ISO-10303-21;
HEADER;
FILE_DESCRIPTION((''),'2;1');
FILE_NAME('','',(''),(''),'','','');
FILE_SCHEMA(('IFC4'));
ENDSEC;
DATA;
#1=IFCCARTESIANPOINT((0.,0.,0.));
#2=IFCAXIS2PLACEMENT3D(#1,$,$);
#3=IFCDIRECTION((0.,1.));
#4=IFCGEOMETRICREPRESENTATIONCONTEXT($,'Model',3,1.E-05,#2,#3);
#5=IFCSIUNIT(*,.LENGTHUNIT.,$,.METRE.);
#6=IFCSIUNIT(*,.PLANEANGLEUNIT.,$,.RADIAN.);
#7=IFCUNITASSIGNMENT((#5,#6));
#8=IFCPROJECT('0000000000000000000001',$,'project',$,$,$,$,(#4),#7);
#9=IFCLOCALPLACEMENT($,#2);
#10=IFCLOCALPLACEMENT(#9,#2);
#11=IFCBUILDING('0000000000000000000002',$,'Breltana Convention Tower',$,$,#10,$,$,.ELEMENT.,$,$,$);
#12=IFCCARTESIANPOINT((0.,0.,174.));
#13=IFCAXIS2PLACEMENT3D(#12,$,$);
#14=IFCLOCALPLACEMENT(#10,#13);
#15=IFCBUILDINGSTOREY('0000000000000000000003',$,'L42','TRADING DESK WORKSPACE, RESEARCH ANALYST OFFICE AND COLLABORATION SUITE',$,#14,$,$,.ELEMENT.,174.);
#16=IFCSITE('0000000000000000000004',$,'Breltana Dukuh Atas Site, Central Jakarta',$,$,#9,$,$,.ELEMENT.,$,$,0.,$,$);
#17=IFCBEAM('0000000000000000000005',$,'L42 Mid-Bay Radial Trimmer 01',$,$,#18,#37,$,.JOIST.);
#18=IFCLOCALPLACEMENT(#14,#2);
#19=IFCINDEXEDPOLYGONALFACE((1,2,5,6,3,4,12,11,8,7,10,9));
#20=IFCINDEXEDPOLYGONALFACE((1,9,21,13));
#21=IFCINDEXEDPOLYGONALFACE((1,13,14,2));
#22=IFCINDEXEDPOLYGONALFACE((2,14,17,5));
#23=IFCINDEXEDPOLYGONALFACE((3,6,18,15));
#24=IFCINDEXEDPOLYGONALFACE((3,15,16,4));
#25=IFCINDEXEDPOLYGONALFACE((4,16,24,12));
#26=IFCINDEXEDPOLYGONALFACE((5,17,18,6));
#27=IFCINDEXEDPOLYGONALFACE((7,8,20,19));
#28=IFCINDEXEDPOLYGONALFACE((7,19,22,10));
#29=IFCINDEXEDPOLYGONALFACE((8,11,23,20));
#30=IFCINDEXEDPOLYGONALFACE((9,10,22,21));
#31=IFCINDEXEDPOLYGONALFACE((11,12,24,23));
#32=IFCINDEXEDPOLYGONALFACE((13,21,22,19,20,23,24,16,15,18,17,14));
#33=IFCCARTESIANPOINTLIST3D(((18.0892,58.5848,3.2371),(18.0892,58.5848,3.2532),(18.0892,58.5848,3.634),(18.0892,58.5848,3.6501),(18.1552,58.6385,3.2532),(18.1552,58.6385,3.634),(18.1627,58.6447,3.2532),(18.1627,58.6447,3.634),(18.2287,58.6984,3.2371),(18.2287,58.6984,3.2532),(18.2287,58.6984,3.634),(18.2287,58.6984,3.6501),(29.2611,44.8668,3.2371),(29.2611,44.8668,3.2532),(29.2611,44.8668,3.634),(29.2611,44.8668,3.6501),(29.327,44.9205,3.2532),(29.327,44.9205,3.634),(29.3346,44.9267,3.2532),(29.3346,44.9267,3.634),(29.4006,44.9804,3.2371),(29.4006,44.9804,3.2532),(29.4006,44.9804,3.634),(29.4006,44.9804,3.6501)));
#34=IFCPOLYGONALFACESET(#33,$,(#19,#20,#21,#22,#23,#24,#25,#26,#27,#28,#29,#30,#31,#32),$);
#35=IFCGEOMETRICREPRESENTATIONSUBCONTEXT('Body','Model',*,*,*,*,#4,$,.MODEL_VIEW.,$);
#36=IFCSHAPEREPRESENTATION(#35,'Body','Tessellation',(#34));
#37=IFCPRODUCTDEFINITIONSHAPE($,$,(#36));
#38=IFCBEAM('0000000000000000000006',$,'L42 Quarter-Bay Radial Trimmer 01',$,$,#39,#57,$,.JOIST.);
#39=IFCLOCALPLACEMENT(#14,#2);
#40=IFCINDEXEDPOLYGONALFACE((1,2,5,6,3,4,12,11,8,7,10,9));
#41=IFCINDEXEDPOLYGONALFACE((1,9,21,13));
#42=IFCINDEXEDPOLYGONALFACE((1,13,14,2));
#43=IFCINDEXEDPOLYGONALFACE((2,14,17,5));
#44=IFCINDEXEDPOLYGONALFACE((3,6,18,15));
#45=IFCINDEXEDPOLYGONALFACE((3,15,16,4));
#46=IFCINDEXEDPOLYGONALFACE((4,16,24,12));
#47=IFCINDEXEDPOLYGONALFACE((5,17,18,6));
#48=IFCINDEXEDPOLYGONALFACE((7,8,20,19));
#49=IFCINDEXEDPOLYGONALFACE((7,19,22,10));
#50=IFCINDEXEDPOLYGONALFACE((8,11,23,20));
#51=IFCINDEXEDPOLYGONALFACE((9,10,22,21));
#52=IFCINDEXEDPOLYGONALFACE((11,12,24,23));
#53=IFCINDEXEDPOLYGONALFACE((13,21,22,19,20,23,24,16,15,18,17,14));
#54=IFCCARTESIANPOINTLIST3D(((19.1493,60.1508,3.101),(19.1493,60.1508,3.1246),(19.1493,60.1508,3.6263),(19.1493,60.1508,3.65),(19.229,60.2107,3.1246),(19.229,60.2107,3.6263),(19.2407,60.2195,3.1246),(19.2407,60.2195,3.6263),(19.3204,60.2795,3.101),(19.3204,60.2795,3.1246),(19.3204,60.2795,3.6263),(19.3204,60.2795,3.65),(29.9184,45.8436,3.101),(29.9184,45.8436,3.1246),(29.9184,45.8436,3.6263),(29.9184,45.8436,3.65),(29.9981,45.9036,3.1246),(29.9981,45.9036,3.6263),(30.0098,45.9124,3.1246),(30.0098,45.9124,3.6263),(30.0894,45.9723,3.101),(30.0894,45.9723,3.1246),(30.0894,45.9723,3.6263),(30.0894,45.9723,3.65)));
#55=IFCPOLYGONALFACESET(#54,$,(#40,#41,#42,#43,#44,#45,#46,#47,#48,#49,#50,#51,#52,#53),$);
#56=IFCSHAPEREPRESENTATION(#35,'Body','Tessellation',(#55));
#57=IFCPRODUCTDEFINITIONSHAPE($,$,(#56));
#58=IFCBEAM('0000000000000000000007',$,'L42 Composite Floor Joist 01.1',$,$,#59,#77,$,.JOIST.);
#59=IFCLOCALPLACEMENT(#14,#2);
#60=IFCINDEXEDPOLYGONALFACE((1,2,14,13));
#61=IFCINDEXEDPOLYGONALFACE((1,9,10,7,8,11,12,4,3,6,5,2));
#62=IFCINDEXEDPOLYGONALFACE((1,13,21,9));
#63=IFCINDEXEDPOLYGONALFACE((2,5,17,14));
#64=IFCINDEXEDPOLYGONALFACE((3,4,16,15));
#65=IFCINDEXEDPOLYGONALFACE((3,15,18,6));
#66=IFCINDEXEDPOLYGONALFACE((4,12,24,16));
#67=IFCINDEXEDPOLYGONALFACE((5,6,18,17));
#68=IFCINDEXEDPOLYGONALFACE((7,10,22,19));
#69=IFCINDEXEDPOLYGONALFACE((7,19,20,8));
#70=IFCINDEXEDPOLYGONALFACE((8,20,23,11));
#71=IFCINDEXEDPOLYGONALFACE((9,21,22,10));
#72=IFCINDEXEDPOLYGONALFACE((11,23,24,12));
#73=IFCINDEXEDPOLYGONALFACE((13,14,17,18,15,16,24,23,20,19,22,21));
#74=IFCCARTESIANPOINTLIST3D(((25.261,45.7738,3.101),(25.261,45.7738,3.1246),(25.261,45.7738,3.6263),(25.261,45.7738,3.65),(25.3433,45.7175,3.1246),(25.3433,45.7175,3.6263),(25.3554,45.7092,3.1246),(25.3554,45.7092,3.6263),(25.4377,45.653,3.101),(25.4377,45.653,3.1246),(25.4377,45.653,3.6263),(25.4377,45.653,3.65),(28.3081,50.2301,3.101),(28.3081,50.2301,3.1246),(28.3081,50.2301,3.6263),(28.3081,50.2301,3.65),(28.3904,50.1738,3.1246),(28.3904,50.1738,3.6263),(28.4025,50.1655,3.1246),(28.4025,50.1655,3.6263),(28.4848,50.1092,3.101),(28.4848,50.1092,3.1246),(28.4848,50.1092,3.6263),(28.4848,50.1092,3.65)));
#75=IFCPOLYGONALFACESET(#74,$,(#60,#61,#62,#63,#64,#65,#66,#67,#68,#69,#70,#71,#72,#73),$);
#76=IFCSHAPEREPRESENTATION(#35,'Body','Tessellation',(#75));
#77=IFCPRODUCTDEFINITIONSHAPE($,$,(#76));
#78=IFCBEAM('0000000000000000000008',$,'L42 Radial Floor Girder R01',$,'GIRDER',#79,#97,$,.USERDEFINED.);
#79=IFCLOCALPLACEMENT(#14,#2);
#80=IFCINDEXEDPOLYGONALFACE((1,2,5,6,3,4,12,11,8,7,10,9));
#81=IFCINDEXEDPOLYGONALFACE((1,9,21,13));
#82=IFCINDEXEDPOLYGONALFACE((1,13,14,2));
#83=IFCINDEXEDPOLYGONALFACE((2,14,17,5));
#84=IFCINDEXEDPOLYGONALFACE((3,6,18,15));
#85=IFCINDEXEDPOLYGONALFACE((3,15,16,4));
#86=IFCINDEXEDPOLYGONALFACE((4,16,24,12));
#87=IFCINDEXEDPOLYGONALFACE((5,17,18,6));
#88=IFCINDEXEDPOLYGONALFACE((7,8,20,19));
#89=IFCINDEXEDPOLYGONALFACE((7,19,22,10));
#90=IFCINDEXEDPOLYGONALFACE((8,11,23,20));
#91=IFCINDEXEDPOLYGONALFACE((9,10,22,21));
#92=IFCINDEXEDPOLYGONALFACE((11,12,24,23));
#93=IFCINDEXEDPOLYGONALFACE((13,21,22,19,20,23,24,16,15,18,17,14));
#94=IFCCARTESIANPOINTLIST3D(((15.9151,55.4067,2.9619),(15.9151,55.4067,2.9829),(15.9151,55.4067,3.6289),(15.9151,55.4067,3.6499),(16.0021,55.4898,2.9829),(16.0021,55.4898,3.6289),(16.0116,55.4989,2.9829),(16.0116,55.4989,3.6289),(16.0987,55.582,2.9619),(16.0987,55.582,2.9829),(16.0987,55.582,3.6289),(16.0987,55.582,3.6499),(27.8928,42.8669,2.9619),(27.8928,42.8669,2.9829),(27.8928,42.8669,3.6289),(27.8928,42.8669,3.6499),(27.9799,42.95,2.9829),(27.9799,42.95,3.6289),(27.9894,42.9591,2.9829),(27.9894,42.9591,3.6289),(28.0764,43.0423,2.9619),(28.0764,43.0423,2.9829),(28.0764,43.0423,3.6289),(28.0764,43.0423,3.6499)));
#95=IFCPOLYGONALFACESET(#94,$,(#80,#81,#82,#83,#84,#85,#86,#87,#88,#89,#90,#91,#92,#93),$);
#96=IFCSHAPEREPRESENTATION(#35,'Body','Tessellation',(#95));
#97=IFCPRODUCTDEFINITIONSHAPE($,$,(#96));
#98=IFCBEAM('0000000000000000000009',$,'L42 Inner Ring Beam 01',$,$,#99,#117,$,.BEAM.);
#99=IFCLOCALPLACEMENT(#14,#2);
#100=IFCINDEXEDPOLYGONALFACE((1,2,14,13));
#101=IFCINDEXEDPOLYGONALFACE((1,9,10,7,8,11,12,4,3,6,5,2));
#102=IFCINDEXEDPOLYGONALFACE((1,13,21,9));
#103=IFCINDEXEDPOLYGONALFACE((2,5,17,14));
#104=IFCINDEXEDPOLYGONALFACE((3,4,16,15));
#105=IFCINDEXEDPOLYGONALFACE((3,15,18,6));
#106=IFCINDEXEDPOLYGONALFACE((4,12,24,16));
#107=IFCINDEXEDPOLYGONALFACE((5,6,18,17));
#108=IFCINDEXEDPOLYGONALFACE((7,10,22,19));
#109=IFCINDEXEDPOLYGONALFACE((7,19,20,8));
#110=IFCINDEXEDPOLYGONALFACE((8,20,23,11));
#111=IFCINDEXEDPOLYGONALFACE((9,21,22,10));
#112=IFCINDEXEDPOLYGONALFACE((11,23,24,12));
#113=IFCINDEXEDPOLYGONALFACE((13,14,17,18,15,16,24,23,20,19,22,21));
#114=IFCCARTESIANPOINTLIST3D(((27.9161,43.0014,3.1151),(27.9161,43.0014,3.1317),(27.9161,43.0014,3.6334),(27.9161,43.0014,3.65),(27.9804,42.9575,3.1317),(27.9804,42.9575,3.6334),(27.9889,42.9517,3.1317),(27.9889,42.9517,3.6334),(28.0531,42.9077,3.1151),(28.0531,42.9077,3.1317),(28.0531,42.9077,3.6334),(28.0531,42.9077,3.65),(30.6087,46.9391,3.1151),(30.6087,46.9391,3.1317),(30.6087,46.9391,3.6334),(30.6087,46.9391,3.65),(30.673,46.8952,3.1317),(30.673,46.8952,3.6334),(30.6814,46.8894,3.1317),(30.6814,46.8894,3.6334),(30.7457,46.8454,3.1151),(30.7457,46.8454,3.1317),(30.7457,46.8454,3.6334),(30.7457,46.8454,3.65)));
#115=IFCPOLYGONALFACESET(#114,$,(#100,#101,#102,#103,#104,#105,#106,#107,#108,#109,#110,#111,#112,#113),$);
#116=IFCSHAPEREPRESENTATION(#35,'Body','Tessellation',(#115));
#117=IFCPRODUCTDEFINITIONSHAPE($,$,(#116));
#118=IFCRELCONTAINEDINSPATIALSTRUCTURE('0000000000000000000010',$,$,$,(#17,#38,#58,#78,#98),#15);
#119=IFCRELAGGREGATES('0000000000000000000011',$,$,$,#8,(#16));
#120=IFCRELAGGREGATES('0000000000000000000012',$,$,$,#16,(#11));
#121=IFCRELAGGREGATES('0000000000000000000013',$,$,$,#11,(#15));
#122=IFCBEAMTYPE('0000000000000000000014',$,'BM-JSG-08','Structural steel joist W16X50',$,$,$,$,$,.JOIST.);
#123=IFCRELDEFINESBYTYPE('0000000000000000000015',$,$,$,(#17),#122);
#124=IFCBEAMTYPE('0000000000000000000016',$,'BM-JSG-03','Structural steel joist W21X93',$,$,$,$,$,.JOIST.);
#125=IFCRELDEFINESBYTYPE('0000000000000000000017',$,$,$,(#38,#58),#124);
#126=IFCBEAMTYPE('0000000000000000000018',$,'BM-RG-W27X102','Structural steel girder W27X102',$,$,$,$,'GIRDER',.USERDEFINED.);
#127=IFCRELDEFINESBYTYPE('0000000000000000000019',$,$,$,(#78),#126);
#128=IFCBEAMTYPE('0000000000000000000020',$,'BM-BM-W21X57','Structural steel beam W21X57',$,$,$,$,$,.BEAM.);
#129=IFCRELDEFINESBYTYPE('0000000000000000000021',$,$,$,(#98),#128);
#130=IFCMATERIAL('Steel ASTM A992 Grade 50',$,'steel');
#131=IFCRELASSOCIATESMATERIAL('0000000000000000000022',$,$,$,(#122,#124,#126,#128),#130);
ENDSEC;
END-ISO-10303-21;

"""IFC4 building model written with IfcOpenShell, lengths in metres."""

from ifc_helpers import new_model, si_unit, direction, frame, origin, origin_2d, place, context, subcontext, project, spatial, i_section, extrude, source, transform, mapped, material, material_profile, profile_set, type_object, type_shapes, element, save


model = new_model("IFC4")

# Units and contexts
model_context = context("Model", 3, precision=1e-05, world=origin(), true_north=direction((0.0, 1.0)))
body_context = subcontext(model_context, "Body", "Model", "MODEL_VIEW")
ifc_project = project(units=[si_unit("LENGTHUNIT", "METRE"), si_unit("PLANEANGLEUNIT", "RADIAN")], contexts=[model_context])

# Site, building, storey
site_placement = place(None, origin())
site = spatial("IfcSite", under=ifc_project, at=site_placement, Name="Breltana Dukuh Atas Site, Central Jakarta", CompositionType="ELEMENT", RefElevation=0.0)
building_placement = place(site_placement, origin())
building = spatial("IfcBuilding", under=site, at=building_placement, Name="Breltana Convention Tower", CompositionType="ELEMENT")
storey_placement = place(building_placement, frame((0.0, 0.0, 174.0)))
storey = spatial("IfcBuildingStorey", under=building, at=storey_placement, Name="L42", Description="TRADING DESK WORKSPACE, RESEARCH ANALYST OFFICE AND COLLABORATION SUITE", CompositionType="ELEMENT", Elevation=174.0)

# Beams
ifc_material_1 = material(Name="Steel ASTM A992 Grade 50", Category="steel")
ifc_material_profile_1 = material_profile(ifc_material_1, i_section(OverallWidth=0.1799, OverallDepth=0.4131, WebThickness=0.0098, FlangeThickness=0.0161, at=origin_2d()), Name="W16X50")
ifc_profile_set_1 = profile_set([ifc_material_profile_1], Name="Steel ASTM A992 Grade 50")
beam_type_1 = type_object("IfcBeamType", Name="BM-JSG-08", Description="Structural steel joist W16X50", PredefinedType="JOIST", material=ifc_profile_set_1)
shared_shape_1 = source(origin(), body_context, "Body", "SweptSolid", [
    extrude(i_section(OverallWidth=0.1799, OverallDepth=0.4131, WebThickness=0.0098, FlangeThickness=0.0161, at=origin_2d()), origin(), (0.0, 0.0, 1.0), 17.6917),
])
type_shapes(beam_type_1, [shared_shape_1])
beam_1_placement = place(storey_placement, frame((29.3308, 44.9236, 3.4436), z_axis=(-0.631477, 0.775395, 0.0), x_axis=(-0.775395, -0.631477, 0.0)))
element("IfcBeam", 1, at=beam_1_placement, inside=storey, type_object=beam_type_1, Name="L42 Mid-Bay Radial Trimmer 01", PredefinedType="JOIST", context=body_context, shape_type="MappedRepresentation", body=[
    mapped(shared_shape_1, transform((0.0, 0.0, 0.0), scale=1.0)),
])
ifc_material_profile_2 = material_profile(ifc_material_1, i_section(OverallWidth=0.2141, OverallDepth=0.5491, WebThickness=0.0146, FlangeThickness=0.0237, at=origin_2d()), Name="W21X93")
ifc_profile_set_2 = profile_set([ifc_material_profile_2], Name="Steel ASTM A992 Grade 50")
beam_type_2 = type_object("IfcBeamType", Name="BM-JSG-03", Description="Structural steel joist W21X93", PredefinedType="JOIST", material=ifc_profile_set_2)
shared_shape_2 = source(origin(), body_context, "Body", "SweptSolid", [
    extrude(i_section(OverallWidth=0.2141, OverallDepth=0.5491, WebThickness=0.0146, FlangeThickness=0.0237, at=origin_2d()), origin(), (0.0, 0.0, 1.0), 17.9072),
])
beam_2_placement = place(storey_placement, frame((30.0039, 45.908, 3.3755), z_axis=(-0.601382, 0.798962, 0.0), x_axis=(-0.798962, -0.601382, 0.0)))
element("IfcBeam", 2, at=beam_2_placement, inside=storey, type_object=beam_type_2, Name="L42 Quarter-Bay Radial Trimmer 01", PredefinedType="JOIST", context=body_context, shape_type="MappedRepresentation", body=[
    mapped(shared_shape_2, transform((0.0, 0.0, 0.0), scale=1.0)),
])
shared_shape_3 = source(origin(), body_context, "Body", "SweptSolid", [
    extrude(i_section(OverallWidth=0.2141, OverallDepth=0.5491, WebThickness=0.0146, FlangeThickness=0.0237, at=origin_2d()), origin(), (0.0, 0.0, 1.0), 5.3984),
])
beam_3_placement = place(storey_placement, frame((25.3494, 45.7134, 3.3755), z_axis=(0.564441, 0.825474, 0.0), x_axis=(-0.825474, 0.564441, 0.0)))
element("IfcBeam", 3, at=beam_3_placement, inside=storey, type_object=beam_type_2, Name="L42 Composite Floor Joist 01.1", PredefinedType="JOIST", context=body_context, shape_type="MappedRepresentation", body=[
    mapped(shared_shape_3, transform((0.0, 0.0, 0.0), scale=1.0)),
])
ifc_material_profile_3 = material_profile(ifc_material_1, i_section(OverallWidth=0.2539, OverallDepth=0.688, WebThickness=0.0132, FlangeThickness=0.021, at=origin_2d()), Name="W27X102")
ifc_profile_set_3 = profile_set([ifc_material_profile_3], Name="Steel ASTM A992 Grade 50")
beam_type_3 = type_object("IfcBeamType", Name="BM-RG-W27X102", Description="Structural steel girder W27X102", ElementType="GIRDER", PredefinedType="USERDEFINED", material=ifc_profile_set_3)
shared_shape_4 = source(origin(), body_context, "Body", "SweptSolid", [
    extrude(i_section(OverallWidth=0.2539, OverallDepth=0.688, WebThickness=0.0132, FlangeThickness=0.021, at=origin_2d()), origin(), (0.0, 0.0, 1.0), 17.3411),
])
type_shapes(beam_type_3, [shared_shape_4])
beam_4_placement = place(storey_placement, frame((27.9846, 42.9546, 3.3059), z_axis=(-0.690716, 0.723126, 0.0), x_axis=(-0.723126, -0.690716, 0.0)))
element("IfcBeam", 4, at=beam_4_placement, inside=storey, type_object=beam_type_3, Name="L42 Radial Floor Girder R01", ObjectType="GIRDER", PredefinedType="USERDEFINED", context=body_context, shape_type="MappedRepresentation", body=[
    mapped(shared_shape_4, transform((0.0, 0.0, 0.0), scale=1.0)),
])
ifc_material_profile_4 = material_profile(ifc_material_1, i_section(OverallWidth=0.166, OverallDepth=0.5349, WebThickness=0.0103, FlangeThickness=0.0166, at=origin_2d()), Name="W21X57")
ifc_profile_set_4 = profile_set([ifc_material_profile_4], Name="Steel ASTM A992 Grade 50")
beam_type_4 = type_object("IfcBeamType", Name="BM-BM-W21X57", Description="Structural steel beam W21X57", PredefinedType="BEAM", material=ifc_profile_set_4)
shared_shape_5 = source(origin(), body_context, "Body", "SweptSolid", [
    extrude(i_section(OverallWidth=0.166, OverallDepth=0.5349, WebThickness=0.0103, FlangeThickness=0.0166, at=origin_2d()), origin(), (0.0, 0.0, 1.0), 4.7703),
])
beam_5_placement = place(storey_placement, frame((27.9846, 42.9546, 3.3826), z_axis=(0.564453, 0.825465, 0.0), x_axis=(-0.825465, 0.564453, 0.0)))
element("IfcBeam", 5, at=beam_5_placement, inside=storey, type_object=beam_type_4, Name="L42 Inner Ring Beam 01", PredefinedType="BEAM", context=body_context, shape_type="MappedRepresentation", body=[
    mapped(shared_shape_5, transform((0.0, 0.0, 0.0), scale=1.0)),
])

save(model, "model.ifc")
